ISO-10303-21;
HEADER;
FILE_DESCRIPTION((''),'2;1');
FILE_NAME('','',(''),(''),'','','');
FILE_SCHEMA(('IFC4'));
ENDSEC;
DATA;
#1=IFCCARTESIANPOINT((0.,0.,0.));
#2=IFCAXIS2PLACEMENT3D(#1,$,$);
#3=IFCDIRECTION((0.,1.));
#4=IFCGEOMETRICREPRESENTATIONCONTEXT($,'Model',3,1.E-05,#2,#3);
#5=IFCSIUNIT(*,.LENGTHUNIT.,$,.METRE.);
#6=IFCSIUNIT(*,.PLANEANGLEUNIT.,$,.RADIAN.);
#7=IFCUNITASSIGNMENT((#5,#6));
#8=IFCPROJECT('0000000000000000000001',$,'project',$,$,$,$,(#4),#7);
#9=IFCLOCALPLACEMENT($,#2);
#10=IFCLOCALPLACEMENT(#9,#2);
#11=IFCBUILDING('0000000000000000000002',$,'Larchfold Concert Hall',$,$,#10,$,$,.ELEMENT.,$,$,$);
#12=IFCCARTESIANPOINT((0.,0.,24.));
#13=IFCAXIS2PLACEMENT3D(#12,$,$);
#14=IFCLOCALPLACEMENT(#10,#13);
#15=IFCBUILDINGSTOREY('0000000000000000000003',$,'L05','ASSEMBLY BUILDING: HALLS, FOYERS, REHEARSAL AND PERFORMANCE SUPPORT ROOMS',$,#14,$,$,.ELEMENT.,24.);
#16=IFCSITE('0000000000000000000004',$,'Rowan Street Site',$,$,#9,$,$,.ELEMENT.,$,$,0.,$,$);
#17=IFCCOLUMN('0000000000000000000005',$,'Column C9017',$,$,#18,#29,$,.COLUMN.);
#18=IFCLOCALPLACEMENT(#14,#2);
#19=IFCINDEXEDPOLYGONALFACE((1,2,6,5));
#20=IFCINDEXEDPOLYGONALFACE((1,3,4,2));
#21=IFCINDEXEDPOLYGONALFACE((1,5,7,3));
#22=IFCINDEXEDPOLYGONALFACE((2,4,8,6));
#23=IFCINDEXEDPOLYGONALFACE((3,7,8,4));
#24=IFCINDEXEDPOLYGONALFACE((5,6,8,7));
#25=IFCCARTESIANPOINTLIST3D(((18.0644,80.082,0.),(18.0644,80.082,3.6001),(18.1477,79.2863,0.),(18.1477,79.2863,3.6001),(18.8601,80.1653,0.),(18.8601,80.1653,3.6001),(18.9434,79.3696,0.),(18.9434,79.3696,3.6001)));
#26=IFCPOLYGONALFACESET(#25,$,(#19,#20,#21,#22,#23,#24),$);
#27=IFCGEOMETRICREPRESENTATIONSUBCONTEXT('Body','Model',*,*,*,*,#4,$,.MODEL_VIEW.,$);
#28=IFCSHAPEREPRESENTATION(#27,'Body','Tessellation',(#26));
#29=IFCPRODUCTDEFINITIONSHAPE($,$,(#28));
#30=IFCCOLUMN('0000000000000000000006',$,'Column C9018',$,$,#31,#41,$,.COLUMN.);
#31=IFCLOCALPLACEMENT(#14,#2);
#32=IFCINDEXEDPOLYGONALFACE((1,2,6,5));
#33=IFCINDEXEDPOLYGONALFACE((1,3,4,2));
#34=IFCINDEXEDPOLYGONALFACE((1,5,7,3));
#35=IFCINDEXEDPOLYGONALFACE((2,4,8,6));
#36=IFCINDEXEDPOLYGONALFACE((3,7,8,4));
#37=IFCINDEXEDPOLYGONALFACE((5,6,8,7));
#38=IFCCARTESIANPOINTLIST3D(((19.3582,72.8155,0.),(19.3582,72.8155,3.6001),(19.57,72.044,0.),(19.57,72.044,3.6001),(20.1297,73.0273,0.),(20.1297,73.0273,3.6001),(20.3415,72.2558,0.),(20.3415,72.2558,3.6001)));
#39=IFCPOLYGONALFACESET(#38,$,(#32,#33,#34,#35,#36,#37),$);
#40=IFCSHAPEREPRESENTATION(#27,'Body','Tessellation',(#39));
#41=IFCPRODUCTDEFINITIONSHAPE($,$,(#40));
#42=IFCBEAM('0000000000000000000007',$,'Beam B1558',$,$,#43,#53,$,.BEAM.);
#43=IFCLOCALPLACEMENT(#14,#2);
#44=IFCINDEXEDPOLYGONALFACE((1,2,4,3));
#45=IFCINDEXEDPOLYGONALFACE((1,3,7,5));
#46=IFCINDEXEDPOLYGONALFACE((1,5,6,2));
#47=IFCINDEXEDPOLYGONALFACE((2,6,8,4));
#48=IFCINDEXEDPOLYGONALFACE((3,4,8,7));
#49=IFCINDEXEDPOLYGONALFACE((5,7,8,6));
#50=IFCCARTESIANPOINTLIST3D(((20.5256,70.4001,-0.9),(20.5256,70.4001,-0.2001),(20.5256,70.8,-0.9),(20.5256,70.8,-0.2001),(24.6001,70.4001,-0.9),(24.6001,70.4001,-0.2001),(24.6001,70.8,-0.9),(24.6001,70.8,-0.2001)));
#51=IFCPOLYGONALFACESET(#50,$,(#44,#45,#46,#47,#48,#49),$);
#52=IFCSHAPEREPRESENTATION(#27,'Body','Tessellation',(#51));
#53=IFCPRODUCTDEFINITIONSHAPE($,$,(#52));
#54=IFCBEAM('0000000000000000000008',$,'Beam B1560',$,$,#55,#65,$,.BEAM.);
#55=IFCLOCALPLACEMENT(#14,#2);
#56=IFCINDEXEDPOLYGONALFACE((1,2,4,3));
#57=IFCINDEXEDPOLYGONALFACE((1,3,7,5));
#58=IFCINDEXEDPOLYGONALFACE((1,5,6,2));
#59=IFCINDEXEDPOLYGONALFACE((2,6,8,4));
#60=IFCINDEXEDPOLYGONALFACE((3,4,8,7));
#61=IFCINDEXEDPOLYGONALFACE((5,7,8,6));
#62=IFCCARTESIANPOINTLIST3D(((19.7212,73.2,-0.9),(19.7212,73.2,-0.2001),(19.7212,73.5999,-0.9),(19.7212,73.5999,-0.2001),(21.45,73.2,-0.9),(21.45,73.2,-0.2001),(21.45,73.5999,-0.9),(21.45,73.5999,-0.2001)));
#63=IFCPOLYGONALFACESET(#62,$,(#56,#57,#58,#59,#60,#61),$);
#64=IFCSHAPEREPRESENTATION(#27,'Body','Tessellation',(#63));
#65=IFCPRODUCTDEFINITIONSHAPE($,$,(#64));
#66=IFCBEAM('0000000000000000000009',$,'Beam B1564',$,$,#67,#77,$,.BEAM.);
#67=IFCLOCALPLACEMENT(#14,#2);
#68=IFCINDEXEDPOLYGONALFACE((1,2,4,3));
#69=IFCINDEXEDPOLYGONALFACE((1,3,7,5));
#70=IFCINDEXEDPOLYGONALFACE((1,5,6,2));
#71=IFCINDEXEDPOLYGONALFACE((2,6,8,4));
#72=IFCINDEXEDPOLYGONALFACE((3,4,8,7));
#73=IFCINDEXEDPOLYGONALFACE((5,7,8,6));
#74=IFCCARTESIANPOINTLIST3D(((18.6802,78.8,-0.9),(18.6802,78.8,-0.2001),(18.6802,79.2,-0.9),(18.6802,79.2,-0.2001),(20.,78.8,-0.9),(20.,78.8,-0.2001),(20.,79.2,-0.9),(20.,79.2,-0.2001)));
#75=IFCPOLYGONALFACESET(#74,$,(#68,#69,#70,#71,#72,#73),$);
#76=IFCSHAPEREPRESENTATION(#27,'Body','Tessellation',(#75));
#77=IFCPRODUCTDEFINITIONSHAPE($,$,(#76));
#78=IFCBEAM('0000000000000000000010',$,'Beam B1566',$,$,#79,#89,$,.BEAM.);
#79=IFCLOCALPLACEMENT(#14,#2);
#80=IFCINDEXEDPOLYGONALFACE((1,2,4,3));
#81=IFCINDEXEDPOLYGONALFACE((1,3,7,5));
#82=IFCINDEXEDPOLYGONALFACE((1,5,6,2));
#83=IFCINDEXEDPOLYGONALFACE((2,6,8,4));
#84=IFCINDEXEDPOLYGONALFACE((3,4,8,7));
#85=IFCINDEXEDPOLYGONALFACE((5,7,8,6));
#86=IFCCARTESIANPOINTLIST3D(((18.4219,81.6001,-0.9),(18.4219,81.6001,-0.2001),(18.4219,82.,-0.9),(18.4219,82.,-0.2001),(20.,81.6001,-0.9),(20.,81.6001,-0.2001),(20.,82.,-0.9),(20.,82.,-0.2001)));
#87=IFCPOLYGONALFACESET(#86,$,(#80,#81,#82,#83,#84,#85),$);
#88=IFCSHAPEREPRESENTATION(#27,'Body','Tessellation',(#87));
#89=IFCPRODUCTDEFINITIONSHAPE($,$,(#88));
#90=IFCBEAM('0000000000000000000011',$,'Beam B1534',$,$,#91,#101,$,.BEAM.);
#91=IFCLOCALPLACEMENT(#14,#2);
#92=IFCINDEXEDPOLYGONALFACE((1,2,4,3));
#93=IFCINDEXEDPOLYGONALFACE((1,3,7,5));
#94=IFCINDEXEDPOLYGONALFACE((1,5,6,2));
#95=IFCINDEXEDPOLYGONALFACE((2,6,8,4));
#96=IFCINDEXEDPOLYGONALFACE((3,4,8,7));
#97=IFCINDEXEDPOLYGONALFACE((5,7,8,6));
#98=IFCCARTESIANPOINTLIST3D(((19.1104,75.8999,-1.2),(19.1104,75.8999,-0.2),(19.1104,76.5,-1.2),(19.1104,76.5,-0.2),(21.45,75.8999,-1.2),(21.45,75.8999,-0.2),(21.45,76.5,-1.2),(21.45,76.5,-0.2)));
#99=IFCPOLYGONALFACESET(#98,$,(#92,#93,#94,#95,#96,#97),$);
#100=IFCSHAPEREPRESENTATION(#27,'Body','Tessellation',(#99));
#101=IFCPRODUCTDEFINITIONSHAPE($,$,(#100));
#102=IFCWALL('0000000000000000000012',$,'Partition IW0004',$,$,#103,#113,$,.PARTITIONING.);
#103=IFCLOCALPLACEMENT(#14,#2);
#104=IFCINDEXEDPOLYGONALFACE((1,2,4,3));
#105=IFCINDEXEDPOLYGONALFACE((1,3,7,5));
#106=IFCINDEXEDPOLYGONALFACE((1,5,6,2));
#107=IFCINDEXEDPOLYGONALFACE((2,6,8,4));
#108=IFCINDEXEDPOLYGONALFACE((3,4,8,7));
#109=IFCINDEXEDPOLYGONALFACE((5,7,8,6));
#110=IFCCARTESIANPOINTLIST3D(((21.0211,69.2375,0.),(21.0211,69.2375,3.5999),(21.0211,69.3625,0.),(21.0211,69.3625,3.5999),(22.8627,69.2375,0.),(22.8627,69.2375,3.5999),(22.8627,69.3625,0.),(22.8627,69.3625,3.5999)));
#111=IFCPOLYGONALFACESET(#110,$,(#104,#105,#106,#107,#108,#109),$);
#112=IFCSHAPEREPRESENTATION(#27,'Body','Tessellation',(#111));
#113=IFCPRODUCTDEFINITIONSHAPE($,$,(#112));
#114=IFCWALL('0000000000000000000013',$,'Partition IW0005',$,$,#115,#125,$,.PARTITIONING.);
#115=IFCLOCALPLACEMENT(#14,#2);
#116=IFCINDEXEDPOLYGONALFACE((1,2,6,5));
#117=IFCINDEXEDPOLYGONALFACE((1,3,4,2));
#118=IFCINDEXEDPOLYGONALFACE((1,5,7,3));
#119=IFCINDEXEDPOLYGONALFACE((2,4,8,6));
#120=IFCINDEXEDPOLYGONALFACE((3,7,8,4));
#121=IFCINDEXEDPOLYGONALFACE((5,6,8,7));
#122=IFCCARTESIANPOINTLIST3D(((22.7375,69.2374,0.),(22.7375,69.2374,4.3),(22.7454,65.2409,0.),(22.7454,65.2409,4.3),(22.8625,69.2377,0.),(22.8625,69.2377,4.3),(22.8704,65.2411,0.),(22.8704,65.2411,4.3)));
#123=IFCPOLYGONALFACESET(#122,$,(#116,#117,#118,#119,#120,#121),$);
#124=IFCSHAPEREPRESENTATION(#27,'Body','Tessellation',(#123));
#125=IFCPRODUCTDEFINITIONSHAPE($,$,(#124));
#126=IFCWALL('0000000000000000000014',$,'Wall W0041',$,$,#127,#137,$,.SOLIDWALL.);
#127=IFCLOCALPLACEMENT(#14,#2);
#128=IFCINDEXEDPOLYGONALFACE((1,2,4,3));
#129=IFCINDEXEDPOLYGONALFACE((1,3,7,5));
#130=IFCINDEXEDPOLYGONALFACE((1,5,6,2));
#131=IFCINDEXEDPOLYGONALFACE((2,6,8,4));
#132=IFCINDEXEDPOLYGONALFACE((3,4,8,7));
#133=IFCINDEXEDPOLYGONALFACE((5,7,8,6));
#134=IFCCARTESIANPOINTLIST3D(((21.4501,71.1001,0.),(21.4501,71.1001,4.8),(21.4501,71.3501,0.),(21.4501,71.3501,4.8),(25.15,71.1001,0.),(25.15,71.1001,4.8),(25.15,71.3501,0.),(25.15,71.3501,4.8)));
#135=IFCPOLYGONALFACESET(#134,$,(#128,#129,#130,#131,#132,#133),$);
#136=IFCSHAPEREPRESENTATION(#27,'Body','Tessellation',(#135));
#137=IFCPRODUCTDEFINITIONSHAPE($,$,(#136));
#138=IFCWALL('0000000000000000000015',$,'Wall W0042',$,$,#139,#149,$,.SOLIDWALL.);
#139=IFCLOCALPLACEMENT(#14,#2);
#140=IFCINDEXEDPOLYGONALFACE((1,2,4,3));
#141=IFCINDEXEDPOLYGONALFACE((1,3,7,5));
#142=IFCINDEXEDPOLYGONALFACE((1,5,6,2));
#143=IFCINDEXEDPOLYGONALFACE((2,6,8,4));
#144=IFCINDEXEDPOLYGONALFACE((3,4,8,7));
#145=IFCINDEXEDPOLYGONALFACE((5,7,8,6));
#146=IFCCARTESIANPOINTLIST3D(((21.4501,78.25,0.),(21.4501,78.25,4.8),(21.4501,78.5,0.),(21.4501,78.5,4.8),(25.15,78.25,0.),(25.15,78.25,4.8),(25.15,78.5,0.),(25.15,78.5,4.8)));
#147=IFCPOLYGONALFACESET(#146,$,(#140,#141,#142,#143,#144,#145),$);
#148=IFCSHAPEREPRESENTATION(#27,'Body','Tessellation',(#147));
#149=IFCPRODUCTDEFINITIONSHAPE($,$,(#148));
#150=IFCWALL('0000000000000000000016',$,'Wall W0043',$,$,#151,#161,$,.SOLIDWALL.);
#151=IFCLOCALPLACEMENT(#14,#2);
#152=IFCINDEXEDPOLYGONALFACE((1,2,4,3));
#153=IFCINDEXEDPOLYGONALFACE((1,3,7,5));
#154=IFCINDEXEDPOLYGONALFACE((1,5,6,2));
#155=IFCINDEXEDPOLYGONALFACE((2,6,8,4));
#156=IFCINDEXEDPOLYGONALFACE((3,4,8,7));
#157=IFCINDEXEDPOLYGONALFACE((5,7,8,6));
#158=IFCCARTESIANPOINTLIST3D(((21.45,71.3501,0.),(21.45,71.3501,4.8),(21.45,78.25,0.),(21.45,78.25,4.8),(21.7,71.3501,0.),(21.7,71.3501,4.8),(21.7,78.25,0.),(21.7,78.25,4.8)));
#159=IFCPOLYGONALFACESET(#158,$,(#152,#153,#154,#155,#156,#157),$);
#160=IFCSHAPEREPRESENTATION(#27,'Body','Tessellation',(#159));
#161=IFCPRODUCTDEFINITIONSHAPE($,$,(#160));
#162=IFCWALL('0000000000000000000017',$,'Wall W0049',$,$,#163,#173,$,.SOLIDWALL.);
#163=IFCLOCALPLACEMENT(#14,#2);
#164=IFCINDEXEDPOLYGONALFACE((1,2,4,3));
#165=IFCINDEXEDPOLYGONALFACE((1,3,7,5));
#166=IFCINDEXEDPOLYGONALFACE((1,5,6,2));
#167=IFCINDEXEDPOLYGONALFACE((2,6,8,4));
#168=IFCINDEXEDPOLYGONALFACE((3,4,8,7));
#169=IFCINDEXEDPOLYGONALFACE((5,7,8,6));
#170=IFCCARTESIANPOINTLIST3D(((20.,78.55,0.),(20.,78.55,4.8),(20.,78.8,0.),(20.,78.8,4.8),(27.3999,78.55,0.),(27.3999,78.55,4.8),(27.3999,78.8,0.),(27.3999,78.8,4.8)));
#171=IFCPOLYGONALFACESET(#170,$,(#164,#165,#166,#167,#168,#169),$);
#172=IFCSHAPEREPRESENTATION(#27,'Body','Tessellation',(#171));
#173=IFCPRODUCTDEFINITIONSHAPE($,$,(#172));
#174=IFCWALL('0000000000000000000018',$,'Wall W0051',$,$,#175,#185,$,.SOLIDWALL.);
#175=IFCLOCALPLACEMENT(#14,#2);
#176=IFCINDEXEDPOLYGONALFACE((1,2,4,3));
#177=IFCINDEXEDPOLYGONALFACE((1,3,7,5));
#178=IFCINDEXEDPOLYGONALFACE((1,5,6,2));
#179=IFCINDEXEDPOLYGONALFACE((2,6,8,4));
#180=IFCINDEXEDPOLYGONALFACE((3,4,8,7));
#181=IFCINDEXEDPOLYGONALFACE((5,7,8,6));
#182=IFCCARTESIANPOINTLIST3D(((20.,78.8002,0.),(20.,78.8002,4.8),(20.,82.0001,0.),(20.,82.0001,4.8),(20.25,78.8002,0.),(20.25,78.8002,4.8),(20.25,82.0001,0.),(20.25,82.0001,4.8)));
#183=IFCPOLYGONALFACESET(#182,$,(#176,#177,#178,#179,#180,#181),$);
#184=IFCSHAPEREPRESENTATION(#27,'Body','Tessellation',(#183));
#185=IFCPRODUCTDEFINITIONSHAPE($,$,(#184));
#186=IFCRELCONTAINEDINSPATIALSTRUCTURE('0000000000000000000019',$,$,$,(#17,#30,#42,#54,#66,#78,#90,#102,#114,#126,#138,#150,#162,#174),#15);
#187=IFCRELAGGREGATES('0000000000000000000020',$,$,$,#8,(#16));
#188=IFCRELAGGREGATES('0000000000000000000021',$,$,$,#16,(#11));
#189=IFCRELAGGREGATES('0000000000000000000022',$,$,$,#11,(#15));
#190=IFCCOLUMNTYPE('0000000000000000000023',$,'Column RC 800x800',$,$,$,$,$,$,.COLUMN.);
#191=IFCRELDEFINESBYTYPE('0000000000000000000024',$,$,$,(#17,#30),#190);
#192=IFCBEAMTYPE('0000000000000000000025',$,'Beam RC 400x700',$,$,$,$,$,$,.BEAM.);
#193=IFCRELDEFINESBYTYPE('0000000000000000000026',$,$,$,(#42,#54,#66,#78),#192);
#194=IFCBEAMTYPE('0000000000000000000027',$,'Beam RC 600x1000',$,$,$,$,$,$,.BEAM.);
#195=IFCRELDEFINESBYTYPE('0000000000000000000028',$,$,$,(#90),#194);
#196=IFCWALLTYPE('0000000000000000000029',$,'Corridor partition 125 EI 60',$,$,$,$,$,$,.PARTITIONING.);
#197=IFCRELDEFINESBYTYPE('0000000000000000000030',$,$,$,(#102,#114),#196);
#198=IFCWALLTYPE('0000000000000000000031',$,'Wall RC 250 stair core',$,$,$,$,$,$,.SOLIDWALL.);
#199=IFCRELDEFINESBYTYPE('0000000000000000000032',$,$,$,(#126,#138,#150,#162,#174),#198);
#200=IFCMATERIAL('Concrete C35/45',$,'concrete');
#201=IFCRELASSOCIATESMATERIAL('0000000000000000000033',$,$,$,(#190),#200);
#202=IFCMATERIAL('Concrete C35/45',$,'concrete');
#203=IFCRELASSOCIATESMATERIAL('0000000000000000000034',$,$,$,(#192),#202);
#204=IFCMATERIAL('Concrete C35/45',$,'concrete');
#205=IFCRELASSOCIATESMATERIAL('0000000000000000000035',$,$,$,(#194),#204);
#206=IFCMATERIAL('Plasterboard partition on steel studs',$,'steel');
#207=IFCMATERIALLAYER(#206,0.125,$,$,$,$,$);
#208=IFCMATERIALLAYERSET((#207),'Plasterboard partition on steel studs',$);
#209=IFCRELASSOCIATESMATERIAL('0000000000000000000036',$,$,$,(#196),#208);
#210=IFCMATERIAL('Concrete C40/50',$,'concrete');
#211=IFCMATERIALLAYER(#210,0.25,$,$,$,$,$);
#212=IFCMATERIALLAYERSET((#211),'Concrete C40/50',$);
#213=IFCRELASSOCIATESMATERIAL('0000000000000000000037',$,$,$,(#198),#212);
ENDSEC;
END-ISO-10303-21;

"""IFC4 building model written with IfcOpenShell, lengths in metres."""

from ifc_helpers import new_model, si_unit, direction, frame, frame_2d, origin, origin_2d, place, context, subcontext, project, spatial, rectangle, extrude, material, layer, layer_set, material_profile, profile_set, type_object, element, save


model = new_model("IFC4")

# Units and contexts
model_context = context("Model", 3, precision=1e-05, world=origin(), true_north=direction((0.0, 1.0)))
body_context = subcontext(model_context, "Body", "Model", "MODEL_VIEW")
ifc_project = project(units=[si_unit("LENGTHUNIT", "METRE"), si_unit("PLANEANGLEUNIT", "RADIAN")], contexts=[model_context])

# Site, building, storey
site_placement = place(None, origin())
site = spatial("IfcSite", under=ifc_project, at=site_placement, Name="Rowan Street Site", CompositionType="ELEMENT", RefElevation=0.0)
building_placement = place(site_placement, origin())
building = spatial("IfcBuilding", under=site, at=building_placement, Name="Larchfold Concert Hall", CompositionType="ELEMENT")
storey_placement = place(building_placement, frame((0.0, 0.0, 24.0)))
storey = spatial("IfcBuildingStorey", under=building, at=storey_placement, Name="L05", Description="ASSEMBLY BUILDING: HALLS, FOYERS, REHEARSAL AND PERFORMANCE SUPPORT ROOMS", CompositionType="ELEMENT", Elevation=24.0)

# Columns
ifc_material_1 = material(Name="Concrete C35/45", Category="concrete")
ifc_material_profile_1 = material_profile(ifc_material_1, rectangle(XDim=0.8, YDim=0.8, at=origin_2d()))
ifc_profile_set_1 = profile_set([ifc_material_profile_1], Name="Concrete C35/45")
column_type = type_object("IfcColumnType", Name="Column RC 800x800", PredefinedType="COLUMN", material=ifc_profile_set_1)
for number, where, z_axis, x_axis, name in (
    (1, (18.5039, 79.7258, 0.0), (0.0, 0.0, 1.0), (0.994561, 0.104152, 0.0), "Column C9017"),
    (2, (19.8499, 72.5356, 0.0), (0.0, 0.0, 1.0), (0.964324, 0.264726, 0.0), "Column C9018"),
):
    element("IfcColumn", number, at=place(storey_placement, frame(where, z_axis=z_axis, x_axis=x_axis)), inside=storey, type_object=column_type, Name=name, PredefinedType="COLUMN", context=body_context, shape_type="SweptSolid", body=[
        extrude(rectangle(XDim=0.8, YDim=0.8, at=origin_2d()), origin(), (0.0, 0.0, 1.0), 3.6001),
    ])

# Beams
ifc_material_2 = material(Name="Concrete C35/45", Category="concrete")
ifc_material_profile_2 = material_profile(ifc_material_2, rectangle(XDim=0.3999, YDim=0.7, at=origin_2d()))
ifc_profile_set_2 = profile_set([ifc_material_profile_2], Name="Concrete C35/45")
beam_type_1 = type_object("IfcBeamType", Name="Beam RC 400x700", PredefinedType="BEAM", material=ifc_profile_set_2)
beam_1_placement = place(storey_placement, frame((20.5256, 70.6001, -0.55), z_axis=(1.0, 0.0, 0.0), x_axis=(0.0, 1.0, 0.0)))
element("IfcBeam", 3, at=beam_1_placement, inside=storey, type_object=beam_type_1, Name="Beam B1558", PredefinedType="BEAM", context=body_context, shape_type="SweptSolid", body=[
    extrude(rectangle(XDim=0.3999, YDim=0.7, at=origin_2d()), origin(), (0.0, 0.0, 1.0), 4.0745),
])
beam_2_placement = place(storey_placement, frame((19.7212, 73.3999, -0.55), z_axis=(1.0, 0.0, 0.0), x_axis=(0.0, 1.0, 0.0)))
element("IfcBeam", 4, at=beam_2_placement, inside=storey, type_object=beam_type_1, Name="Beam B1560", PredefinedType="BEAM", context=body_context, shape_type="SweptSolid", body=[
    extrude(rectangle(XDim=0.3999, YDim=0.7, at=origin_2d()), origin(), (0.0, 0.0, 1.0), 1.7288),
])
beam_3_placement = place(storey_placement, frame((18.6802, 79.0, -0.55), z_axis=(1.0, 0.0, 0.0), x_axis=(0.0, 1.0, 0.0)))
element("IfcBeam", 5, at=beam_3_placement, inside=storey, type_object=beam_type_1, Name="Beam B1564", PredefinedType="BEAM", context=body_context, shape_type="SweptSolid", body=[
    extrude(rectangle(XDim=0.3999, YDim=0.7, at=origin_2d()), origin(), (0.0, 0.0, 1.0), 1.3198),
])
beam_4_placement = place(storey_placement, frame((18.4219, 81.8, -0.55), z_axis=(1.0, 0.0, 0.0), x_axis=(0.0, 1.0, 0.0)))
element("IfcBeam", 6, at=beam_4_placement, inside=storey, type_object=beam_type_1, Name="Beam B1566", PredefinedType="BEAM", context=body_context, shape_type="SweptSolid", body=[
    extrude(rectangle(XDim=0.3999, YDim=0.7, at=origin_2d()), origin(), (0.0, 0.0, 1.0), 1.5781),
])
ifc_material_3 = material(Name="Concrete C35/45", Category="concrete")
ifc_material_profile_3 = material_profile(ifc_material_3, rectangle(XDim=0.6001, YDim=1.0, at=origin_2d()))
ifc_profile_set_3 = profile_set([ifc_material_profile_3], Name="Concrete C35/45")
beam_type_2 = type_object("IfcBeamType", Name="Beam RC 600x1000", PredefinedType="BEAM", material=ifc_profile_set_3)
beam_5_placement = place(storey_placement, frame((19.1104, 76.2, -0.7), z_axis=(1.0, 0.0, 0.0), x_axis=(0.0, 1.0, 0.0)))
element("IfcBeam", 7, at=beam_5_placement, inside=storey, type_object=beam_type_2, Name="Beam B1534", PredefinedType="BEAM", context=body_context, shape_type="SweptSolid", body=[
    extrude(rectangle(XDim=0.6001, YDim=1.0, at=origin_2d()), origin(), (0.0, 0.0, 1.0), 2.3396),
])

# Walls
ifc_material_4 = material(Name="Plasterboard partition on steel studs", Category="steel")
ifc_layer_1 = layer(ifc_material_4, 0.125)
ifc_layer_set_1 = layer_set([ifc_layer_1], Name="Plasterboard partition on steel studs")
wall_type_1 = type_object("IfcWallType", Name="Corridor partition 125 EI 60", PredefinedType="PARTITIONING", material=ifc_layer_set_1)
wall_1_placement = place(storey_placement, frame((21.021, 69.3, 0.0), z_axis=(0.0, 0.0, 1.0), x_axis=(1.0, 0.0, 0.0)))
element("IfcWall", 8, at=wall_1_placement, inside=storey, type_object=wall_type_1, Name="Partition IW0004", PredefinedType="PARTITIONING", context=body_context, shape_type="SweptSolid", body=[
    extrude(rectangle(XDim=1.8416, YDim=0.125, at=frame_2d((0.9209, 0.0))), origin(), (0.0, 0.0, 1.0), 3.5999),
])
wall_2_placement = place(storey_placement, frame((22.8, 69.2375, 0.0), z_axis=(0.0, 0.0, 1.0), x_axis=(0.001955, -0.999998, 0.0)))
element("IfcWall", 9, at=wall_2_placement, inside=storey, type_object=wall_type_1, Name="Partition IW0005", PredefinedType="PARTITIONING", context=body_context, shape_type="SweptSolid", body=[
    extrude(rectangle(XDim=3.9966, YDim=0.125, at=frame_2d((1.9983, 0.0))), origin(), (0.0, 0.0, 1.0), 4.3),
])
ifc_material_5 = material(Name="Concrete C40/50", Category="concrete")
ifc_layer_2 = layer(ifc_material_5, 0.25)
ifc_layer_set_2 = layer_set([ifc_layer_2], Name="Concrete C40/50")
wall_type_2 = type_object("IfcWallType", Name="Wall RC 250 stair core", PredefinedType="SOLIDWALL", material=ifc_layer_set_2)
for number, where, z_axis, x_axis, name in (
    (10, (21.45, 71.2251, 0.0), (0.0, 0.0, 1.0), (1.0, 0.0, 0.0), "Wall W0041"),
    (11, (21.45, 78.375, 0.0), (0.0, 0.0, 1.0), (1.0, 0.0, 0.0), "Wall W0042"),
):
    element("IfcWall", number, at=place(storey_placement, frame(where, z_axis=z_axis, x_axis=x_axis)), inside=storey, type_object=wall_type_2, Name=name, PredefinedType="SOLIDWALL", context=body_context, shape_type="SweptSolid", body=[
        extrude(rectangle(XDim=3.7, YDim=0.25, at=frame_2d((1.8501, 0.0))), origin(), (0.0, 0.0, 1.0), 4.8),
    ])
wall_3_placement = place(storey_placement, frame((21.575, 71.3501, 0.0), z_axis=(0.0, 0.0, 1.0), x_axis=(0.0, 1.0, 0.0)))
element("IfcWall", 12, at=wall_3_placement, inside=storey, type_object=wall_type_2, Name="Wall W0043", PredefinedType="SOLIDWALL", context=body_context, shape_type="SweptSolid", body=[
    extrude(rectangle(XDim=6.8999, YDim=0.25, at=frame_2d((3.45, 0.0))), origin(), (0.0, 0.0, 1.0), 4.8),
])
wall_4_placement = place(storey_placement, frame((20.0, 78.675, 0.0), z_axis=(0.0, 0.0, 1.0), x_axis=(1.0, 0.0, 0.0)))
element("IfcWall", 13, at=wall_4_placement, inside=storey, type_object=wall_type_2, Name="Wall W0049", PredefinedType="SOLIDWALL", context=body_context, shape_type="SweptSolid", body=[
    extrude(rectangle(XDim=7.3999, YDim=0.25, at=frame_2d((3.7, 0.0))), origin(), (0.0, 0.0, 1.0), 4.8),
])
wall_5_placement = place(storey_placement, frame((20.125, 78.8, 0.0), z_axis=(0.0, 0.0, 1.0), x_axis=(0.0, 1.0, 0.0)))
element("IfcWall", 14, at=wall_5_placement, inside=storey, type_object=wall_type_2, Name="Wall W0051", PredefinedType="SOLIDWALL", context=body_context, shape_type="SweptSolid", body=[
    extrude(rectangle(XDim=3.2, YDim=0.25, at=frame_2d((1.6001, 0.0))), origin(), (0.0, 0.0, 1.0), 4.8),
])

save(model, "model.ifc")
